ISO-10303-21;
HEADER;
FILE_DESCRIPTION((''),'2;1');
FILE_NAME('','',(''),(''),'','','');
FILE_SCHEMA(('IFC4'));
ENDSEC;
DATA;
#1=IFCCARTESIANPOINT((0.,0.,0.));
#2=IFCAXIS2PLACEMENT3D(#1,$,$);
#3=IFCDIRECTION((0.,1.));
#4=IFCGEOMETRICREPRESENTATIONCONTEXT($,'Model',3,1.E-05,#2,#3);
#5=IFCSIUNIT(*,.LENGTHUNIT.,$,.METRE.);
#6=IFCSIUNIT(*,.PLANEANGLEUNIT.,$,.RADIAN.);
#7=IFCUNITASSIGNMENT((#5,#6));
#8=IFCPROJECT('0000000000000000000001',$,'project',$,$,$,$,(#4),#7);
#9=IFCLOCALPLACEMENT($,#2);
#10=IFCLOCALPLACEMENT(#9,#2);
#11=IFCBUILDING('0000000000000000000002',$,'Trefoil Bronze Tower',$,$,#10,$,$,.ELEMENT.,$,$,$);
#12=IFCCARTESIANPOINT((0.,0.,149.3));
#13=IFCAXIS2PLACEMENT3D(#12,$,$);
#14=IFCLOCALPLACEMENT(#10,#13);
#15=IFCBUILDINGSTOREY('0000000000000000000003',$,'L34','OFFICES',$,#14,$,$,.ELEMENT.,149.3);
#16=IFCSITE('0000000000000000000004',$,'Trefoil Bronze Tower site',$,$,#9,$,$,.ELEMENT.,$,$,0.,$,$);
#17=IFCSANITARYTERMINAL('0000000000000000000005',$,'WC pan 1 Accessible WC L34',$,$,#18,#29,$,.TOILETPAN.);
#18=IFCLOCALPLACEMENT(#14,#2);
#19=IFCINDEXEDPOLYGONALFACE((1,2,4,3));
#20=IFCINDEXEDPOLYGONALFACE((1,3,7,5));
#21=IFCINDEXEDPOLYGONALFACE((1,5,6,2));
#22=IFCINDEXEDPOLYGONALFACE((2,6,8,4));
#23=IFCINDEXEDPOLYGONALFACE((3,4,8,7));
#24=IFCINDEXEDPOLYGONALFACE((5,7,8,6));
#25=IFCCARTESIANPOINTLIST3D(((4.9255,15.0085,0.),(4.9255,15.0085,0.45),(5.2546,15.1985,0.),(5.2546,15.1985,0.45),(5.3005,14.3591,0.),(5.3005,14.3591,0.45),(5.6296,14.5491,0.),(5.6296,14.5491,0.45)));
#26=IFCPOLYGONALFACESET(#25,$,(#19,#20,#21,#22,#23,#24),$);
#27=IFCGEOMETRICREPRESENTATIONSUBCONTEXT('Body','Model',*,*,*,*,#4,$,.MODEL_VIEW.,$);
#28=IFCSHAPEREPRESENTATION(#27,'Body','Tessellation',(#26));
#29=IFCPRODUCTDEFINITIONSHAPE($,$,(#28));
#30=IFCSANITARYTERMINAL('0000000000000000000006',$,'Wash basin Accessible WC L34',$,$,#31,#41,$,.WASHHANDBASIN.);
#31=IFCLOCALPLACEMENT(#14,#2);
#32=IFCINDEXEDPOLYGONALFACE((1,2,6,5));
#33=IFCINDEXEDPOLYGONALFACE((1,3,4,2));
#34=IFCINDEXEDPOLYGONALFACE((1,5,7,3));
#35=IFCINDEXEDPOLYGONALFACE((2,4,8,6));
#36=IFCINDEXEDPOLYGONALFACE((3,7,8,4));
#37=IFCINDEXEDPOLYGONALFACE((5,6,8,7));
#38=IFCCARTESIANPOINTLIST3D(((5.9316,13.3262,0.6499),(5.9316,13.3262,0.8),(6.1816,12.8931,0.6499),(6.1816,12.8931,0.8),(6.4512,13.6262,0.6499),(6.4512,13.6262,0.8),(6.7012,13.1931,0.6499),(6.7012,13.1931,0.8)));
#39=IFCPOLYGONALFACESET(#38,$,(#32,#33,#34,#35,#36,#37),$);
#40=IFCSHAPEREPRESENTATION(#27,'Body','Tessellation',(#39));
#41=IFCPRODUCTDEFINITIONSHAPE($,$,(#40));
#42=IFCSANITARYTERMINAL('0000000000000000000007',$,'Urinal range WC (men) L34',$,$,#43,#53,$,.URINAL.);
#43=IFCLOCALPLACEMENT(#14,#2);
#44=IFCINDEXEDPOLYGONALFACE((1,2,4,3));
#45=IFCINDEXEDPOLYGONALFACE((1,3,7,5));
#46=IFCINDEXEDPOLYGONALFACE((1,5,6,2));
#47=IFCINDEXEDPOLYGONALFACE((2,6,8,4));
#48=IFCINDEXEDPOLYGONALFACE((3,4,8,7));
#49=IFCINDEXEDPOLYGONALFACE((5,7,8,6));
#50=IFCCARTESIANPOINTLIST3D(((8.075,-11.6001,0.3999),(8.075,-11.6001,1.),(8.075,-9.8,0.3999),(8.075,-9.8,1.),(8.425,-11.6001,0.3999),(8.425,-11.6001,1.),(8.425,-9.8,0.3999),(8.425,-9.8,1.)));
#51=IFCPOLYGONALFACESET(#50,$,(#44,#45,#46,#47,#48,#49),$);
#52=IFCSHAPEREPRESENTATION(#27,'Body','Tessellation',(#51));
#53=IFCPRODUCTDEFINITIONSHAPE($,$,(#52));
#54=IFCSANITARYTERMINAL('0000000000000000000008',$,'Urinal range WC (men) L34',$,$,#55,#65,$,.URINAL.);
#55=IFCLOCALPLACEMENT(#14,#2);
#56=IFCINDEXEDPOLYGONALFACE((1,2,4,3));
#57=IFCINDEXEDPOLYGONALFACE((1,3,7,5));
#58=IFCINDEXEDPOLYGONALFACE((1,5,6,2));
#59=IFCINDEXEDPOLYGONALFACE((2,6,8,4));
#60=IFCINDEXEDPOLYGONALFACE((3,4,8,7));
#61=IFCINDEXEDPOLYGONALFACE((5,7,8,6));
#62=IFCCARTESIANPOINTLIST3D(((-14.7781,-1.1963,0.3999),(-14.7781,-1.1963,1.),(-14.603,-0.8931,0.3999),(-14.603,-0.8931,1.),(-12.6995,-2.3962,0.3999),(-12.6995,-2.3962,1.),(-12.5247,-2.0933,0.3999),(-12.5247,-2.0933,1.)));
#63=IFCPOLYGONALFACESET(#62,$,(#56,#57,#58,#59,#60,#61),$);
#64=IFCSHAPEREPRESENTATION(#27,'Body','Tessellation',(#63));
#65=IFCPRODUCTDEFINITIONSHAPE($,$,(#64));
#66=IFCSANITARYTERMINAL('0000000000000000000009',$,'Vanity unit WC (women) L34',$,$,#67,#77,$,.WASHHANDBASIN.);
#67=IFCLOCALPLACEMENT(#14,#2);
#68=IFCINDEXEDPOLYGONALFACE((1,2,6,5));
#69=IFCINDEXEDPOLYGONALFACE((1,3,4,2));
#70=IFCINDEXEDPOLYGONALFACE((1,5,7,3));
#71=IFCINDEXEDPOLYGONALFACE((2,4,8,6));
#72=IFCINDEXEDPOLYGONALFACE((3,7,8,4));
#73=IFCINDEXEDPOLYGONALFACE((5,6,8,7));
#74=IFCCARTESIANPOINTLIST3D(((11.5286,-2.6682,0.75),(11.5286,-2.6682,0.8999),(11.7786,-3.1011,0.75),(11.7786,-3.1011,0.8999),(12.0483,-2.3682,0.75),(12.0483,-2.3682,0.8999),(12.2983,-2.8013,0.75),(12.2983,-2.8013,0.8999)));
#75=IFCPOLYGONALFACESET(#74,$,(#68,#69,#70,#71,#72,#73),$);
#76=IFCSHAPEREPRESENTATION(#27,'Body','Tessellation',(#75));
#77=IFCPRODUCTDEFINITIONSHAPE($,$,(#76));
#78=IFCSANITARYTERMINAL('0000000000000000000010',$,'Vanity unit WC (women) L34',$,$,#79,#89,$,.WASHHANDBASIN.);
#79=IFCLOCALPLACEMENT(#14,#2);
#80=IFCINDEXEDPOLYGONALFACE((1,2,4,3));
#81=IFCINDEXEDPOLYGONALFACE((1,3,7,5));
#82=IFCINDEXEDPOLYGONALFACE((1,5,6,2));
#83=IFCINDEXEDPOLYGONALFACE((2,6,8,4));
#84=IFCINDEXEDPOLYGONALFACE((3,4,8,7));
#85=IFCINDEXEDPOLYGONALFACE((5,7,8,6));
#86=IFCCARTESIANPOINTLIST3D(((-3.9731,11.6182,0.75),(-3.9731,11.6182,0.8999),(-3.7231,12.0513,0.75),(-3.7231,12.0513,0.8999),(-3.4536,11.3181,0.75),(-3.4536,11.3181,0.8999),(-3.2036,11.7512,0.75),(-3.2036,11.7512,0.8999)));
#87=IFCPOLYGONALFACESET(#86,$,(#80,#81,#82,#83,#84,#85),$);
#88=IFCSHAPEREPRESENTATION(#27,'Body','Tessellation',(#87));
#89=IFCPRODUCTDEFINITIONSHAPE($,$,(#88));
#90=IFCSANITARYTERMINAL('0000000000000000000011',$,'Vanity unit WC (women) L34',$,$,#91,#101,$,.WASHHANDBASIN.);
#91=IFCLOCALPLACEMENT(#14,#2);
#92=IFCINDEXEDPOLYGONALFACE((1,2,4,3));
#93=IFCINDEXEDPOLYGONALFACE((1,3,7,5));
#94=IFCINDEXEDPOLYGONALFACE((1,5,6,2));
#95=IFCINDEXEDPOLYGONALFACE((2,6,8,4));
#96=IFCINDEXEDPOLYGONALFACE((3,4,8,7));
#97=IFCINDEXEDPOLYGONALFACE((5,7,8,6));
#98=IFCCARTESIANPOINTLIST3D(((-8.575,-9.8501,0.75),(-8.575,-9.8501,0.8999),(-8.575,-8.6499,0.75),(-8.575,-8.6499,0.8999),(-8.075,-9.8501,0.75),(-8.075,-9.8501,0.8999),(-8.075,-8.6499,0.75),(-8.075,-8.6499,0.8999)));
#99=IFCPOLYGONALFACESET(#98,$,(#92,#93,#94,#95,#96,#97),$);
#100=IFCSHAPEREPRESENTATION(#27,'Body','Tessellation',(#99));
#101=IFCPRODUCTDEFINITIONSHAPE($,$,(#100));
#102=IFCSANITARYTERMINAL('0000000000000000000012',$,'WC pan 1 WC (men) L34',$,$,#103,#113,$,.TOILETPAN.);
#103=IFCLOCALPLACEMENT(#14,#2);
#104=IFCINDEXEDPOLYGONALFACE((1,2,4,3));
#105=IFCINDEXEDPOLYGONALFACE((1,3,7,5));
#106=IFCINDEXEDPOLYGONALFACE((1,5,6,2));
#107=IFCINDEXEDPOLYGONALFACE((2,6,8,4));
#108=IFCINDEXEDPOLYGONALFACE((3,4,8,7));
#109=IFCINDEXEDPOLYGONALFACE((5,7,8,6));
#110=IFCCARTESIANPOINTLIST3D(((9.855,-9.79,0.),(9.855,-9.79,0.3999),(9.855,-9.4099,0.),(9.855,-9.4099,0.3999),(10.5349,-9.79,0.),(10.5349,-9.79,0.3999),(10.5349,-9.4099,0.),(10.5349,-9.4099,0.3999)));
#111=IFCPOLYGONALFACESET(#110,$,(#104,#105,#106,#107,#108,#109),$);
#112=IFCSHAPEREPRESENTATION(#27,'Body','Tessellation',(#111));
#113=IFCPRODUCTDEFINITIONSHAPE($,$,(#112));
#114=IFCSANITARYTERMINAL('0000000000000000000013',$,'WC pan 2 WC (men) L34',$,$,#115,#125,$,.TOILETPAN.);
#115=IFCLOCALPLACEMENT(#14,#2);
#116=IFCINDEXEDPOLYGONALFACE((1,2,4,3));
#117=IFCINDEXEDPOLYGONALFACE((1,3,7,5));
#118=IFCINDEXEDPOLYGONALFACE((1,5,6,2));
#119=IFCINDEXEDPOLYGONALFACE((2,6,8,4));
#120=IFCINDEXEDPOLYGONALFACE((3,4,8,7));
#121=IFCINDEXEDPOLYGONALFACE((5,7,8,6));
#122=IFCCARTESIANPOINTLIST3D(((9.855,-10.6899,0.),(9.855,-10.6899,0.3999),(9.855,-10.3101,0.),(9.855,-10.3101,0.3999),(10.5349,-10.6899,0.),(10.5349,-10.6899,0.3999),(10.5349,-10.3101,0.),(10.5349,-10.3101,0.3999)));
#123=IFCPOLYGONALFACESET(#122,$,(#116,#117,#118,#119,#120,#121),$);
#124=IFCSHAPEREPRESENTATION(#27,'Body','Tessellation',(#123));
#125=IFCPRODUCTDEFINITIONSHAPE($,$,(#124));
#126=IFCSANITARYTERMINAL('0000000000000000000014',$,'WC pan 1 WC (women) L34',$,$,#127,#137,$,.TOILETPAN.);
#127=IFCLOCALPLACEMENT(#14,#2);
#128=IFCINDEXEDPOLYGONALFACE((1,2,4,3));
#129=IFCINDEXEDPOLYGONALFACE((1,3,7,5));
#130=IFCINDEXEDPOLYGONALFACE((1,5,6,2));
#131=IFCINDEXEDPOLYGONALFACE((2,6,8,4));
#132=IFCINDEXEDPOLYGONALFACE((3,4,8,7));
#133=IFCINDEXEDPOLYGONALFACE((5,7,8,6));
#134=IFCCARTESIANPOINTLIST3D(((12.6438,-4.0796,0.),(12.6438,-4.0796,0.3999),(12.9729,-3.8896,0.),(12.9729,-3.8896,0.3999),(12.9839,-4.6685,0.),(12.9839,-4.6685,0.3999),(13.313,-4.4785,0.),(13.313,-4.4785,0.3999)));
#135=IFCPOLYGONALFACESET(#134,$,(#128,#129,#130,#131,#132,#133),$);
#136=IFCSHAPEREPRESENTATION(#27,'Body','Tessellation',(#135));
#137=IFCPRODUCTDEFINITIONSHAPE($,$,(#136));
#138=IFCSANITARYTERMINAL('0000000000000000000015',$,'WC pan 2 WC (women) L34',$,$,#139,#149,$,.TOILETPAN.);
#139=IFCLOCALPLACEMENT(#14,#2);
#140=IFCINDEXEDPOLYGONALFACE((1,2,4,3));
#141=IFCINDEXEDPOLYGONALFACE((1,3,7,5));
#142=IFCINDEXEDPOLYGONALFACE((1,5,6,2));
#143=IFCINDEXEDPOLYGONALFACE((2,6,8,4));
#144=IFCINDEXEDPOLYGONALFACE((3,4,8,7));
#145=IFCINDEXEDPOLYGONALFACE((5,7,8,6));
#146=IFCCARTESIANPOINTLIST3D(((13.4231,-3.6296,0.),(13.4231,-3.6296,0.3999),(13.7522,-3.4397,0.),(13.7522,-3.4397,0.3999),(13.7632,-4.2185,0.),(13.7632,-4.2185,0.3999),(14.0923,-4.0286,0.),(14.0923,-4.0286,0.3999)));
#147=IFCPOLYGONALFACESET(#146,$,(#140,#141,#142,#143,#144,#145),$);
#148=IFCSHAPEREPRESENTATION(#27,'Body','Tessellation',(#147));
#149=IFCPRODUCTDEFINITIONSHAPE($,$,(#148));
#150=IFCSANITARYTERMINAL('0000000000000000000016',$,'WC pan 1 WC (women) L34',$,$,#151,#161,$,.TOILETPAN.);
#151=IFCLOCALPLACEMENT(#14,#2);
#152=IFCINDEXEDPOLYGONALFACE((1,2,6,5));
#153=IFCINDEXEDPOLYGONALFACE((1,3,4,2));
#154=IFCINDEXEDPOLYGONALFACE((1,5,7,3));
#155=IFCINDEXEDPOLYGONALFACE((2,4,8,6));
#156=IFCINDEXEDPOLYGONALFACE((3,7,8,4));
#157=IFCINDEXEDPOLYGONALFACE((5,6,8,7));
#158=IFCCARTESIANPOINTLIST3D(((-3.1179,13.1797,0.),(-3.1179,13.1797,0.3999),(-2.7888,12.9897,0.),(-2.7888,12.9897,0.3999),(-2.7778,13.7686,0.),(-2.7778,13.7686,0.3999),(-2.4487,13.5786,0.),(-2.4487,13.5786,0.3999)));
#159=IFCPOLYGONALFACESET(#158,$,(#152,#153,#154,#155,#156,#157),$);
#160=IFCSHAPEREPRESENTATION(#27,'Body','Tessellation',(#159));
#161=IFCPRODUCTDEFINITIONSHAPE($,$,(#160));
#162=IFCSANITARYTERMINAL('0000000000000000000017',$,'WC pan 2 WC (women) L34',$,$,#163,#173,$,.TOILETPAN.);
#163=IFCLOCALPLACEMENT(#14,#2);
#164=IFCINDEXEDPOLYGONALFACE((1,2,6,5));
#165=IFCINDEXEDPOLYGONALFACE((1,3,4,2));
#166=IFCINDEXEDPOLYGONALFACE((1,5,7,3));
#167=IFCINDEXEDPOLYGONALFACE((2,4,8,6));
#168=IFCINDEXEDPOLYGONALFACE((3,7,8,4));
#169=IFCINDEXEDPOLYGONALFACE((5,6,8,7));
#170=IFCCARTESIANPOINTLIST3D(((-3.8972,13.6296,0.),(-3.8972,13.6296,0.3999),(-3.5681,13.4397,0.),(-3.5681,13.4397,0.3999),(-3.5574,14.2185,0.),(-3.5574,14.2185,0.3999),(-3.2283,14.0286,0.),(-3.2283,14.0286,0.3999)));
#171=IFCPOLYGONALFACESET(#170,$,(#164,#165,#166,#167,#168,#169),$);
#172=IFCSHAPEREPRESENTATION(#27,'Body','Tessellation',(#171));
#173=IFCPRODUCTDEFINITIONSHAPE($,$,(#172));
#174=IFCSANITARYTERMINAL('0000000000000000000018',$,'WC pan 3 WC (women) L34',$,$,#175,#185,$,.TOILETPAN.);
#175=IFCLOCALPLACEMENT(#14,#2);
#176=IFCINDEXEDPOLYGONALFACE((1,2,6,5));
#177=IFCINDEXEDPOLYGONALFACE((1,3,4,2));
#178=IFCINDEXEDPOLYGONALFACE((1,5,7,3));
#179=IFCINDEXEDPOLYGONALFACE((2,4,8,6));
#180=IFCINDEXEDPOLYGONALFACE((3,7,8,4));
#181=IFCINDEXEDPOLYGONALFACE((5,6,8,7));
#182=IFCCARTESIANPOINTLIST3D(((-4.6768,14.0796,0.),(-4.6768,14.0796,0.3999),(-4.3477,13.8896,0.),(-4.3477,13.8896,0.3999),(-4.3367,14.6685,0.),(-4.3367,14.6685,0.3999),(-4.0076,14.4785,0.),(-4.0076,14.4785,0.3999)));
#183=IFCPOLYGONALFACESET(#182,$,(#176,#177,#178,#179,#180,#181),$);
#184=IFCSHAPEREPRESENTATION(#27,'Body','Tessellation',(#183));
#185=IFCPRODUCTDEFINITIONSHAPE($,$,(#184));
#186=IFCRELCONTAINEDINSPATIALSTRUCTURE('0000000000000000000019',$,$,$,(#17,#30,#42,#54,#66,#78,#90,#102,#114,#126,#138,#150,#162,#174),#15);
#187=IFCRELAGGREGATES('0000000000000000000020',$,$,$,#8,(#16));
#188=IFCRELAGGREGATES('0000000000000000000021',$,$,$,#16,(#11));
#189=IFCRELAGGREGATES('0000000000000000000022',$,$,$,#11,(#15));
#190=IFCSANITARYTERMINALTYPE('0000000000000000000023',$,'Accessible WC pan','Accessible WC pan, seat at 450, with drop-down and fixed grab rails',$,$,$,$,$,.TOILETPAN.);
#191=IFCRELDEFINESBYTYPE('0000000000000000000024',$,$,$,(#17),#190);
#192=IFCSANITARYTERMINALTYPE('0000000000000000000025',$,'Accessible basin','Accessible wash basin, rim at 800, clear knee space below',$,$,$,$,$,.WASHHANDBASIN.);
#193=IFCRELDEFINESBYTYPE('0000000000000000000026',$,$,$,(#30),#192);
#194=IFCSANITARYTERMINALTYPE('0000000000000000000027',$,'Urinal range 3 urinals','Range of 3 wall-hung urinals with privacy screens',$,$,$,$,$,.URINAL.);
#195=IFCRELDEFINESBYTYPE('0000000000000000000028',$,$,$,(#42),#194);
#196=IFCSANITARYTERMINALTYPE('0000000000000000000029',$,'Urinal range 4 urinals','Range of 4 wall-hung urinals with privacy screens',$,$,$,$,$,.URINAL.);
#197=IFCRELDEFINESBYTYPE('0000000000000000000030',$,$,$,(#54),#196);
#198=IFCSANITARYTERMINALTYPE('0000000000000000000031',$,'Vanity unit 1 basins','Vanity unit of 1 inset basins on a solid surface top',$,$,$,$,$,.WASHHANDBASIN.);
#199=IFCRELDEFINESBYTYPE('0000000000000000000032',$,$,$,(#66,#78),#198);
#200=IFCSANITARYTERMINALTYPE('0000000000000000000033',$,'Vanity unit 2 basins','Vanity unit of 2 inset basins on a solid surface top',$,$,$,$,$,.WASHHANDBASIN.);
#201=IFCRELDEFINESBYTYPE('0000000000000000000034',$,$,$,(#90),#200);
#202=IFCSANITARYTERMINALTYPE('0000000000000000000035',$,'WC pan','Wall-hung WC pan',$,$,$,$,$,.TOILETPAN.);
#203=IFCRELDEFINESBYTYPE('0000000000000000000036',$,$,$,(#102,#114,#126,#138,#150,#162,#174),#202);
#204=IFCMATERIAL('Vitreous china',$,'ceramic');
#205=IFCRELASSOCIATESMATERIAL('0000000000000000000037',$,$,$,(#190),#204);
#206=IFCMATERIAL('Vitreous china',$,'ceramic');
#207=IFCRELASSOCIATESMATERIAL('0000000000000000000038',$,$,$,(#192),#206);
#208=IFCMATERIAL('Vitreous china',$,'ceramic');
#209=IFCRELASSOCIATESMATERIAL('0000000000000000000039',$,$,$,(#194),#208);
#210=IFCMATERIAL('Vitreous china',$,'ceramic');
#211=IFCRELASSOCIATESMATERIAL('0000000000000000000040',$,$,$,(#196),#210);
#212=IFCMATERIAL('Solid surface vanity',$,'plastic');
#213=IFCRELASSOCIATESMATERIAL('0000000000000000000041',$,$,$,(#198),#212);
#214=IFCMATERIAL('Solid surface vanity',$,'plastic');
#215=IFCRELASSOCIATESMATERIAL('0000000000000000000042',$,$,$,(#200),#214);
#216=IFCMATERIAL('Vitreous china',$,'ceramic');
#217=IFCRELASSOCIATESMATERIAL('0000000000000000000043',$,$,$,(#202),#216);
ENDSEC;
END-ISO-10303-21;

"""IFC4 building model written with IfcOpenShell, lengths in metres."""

from ifc_helpers import new_model, si_unit, direction, frame, origin, place, context, subcontext, project, spatial, polyline, outline, extrude, material, type_object, element, save


model = new_model("IFC4")

# Units and contexts
model_context = context("Model", 3, precision=1e-05, world=origin(), true_north=direction((0.0, 1.0)))
body_context = subcontext(model_context, "Body", "Model", "MODEL_VIEW")
ifc_project = project(units=[si_unit("LENGTHUNIT", "METRE"), si_unit("PLANEANGLEUNIT", "RADIAN")], contexts=[model_context])

# Site, building, storey
site_placement = place(None, origin())
site = spatial("IfcSite", under=ifc_project, at=site_placement, Name="Trefoil Bronze Tower site", CompositionType="ELEMENT", RefElevation=0.0)
building_placement = place(site_placement, origin())
building = spatial("IfcBuilding", under=site, at=building_placement, Name="Trefoil Bronze Tower", CompositionType="ELEMENT")
storey_placement = place(building_placement, frame((0.0, 0.0, 149.3)))
storey = spatial("IfcBuildingStorey", under=building, at=storey_placement, Name="L34", Description="OFFICES", CompositionType="ELEMENT", Elevation=149.3)

# Sanitary terminals
ifc_material_1 = material(Name="Vitreous china", Category="ceramic")
sanitary_terminal_type_1 = type_object("IfcSanitaryTerminalType", Name="Accessible WC pan", Description="Accessible WC pan, seat at 450, with drop-down and fixed grab rails", PredefinedType="TOILETPAN", material=ifc_material_1)
sanitary_terminal_1_placement = place(storey_placement, origin())
element("IfcSanitaryTerminal", 1, at=sanitary_terminal_1_placement, inside=storey, type_object=sanitary_terminal_type_1, Name="WC pan 1 Accessible WC L34", PredefinedType="TOILETPAN", context=body_context, shape_type="SweptSolid", body=[
    extrude(outline(polyline([(5.3005, 14.3591), (4.9255, 15.0085), (5.2546, 15.1985), (5.6296, 14.5491), (5.3005, 14.3591)])), origin(), (0.0, 0.0, 1.0), 0.45),
])
ifc_material_2 = material(Name="Vitreous china", Category="ceramic")
sanitary_terminal_type_2 = type_object("IfcSanitaryTerminalType", Name="Accessible basin", Description="Accessible wash basin, rim at 800, clear knee space below", PredefinedType="WASHHANDBASIN", material=ifc_material_2)
sanitary_terminal_2_placement = place(storey_placement, frame((0.0, 0.0, 0.6499)))
element("IfcSanitaryTerminal", 2, at=sanitary_terminal_2_placement, inside=storey, type_object=sanitary_terminal_type_2, Name="Wash basin Accessible WC L34", PredefinedType="WASHHANDBASIN", context=body_context, shape_type="SweptSolid", body=[
    extrude(outline(polyline([(6.1816, 12.8931), (5.9316, 13.3262), (6.4512, 13.6262), (6.7012, 13.1931), (6.1816, 12.8931)])), origin(), (0.0, 0.0, 1.0), 0.1501),
])
ifc_material_3 = material(Name="Vitreous china", Category="ceramic")
sanitary_terminal_type_3 = type_object("IfcSanitaryTerminalType", Name="Urinal range 3 urinals", Description="Range of 3 wall-hung urinals with privacy screens", PredefinedType="URINAL", material=ifc_material_3)
sanitary_terminal_3_placement = place(storey_placement, frame((0.0, 0.0, 0.3999)))
element("IfcSanitaryTerminal", 3, at=sanitary_terminal_3_placement, inside=storey, type_object=sanitary_terminal_type_3, Name="Urinal range WC (men) L34", PredefinedType="URINAL", context=body_context, shape_type="SweptSolid", body=[
    extrude(outline(polyline([(8.075, -9.8), (8.425, -9.8), (8.425, -11.6001), (8.075, -11.6001), (8.075, -9.8)])), origin(), (0.0, 0.0, 1.0), 0.6001),
])
ifc_material_4 = material(Name="Vitreous china", Category="ceramic")
sanitary_terminal_type_4 = type_object("IfcSanitaryTerminalType", Name="Urinal range 4 urinals", Description="Range of 4 wall-hung urinals with privacy screens", PredefinedType="URINAL", material=ifc_material_4)
sanitary_terminal_4_placement = place(storey_placement, frame((0.0, 0.0, 0.3999)))
element("IfcSanitaryTerminal", 4, at=sanitary_terminal_4_placement, inside=storey, type_object=sanitary_terminal_type_4, Name="Urinal range WC (men) L34", PredefinedType="URINAL", context=body_context, shape_type="SweptSolid", body=[
    extrude(outline(polyline([(-12.5247, -2.0933), (-12.6995, -2.3962), (-14.7781, -1.1963), (-14.603, -0.8931), (-12.5247, -2.0933)])), origin(), (0.0, 0.0, 1.0), 0.6001),
])
ifc_material_5 = material(Name="Solid surface vanity", Category="plastic")
sanitary_terminal_type_5 = type_object("IfcSanitaryTerminalType", Name="Vanity unit 1 basins", Description="Vanity unit of 1 inset basins on a solid surface top", PredefinedType="WASHHANDBASIN", material=ifc_material_5)
sanitary_terminal_5_placement = place(storey_placement, frame((0.0, 0.0, 0.75)))
element("IfcSanitaryTerminal", 5, at=sanitary_terminal_5_placement, inside=storey, type_object=sanitary_terminal_type_5, Name="Vanity unit WC (women) L34", PredefinedType="WASHHANDBASIN", context=body_context, shape_type="SweptSolid", body=[
    extrude(outline(polyline([(11.5286, -2.6682), (11.7786, -3.1011), (12.2983, -2.8013), (12.0483, -2.3682), (11.5286, -2.6682)])), origin(), (0.0, 0.0, 1.0), 0.1499),
])
sanitary_terminal_6_placement = place(storey_placement, frame((0.0, 0.0, 0.75)))
element("IfcSanitaryTerminal", 6, at=sanitary_terminal_6_placement, inside=storey, type_object=sanitary_terminal_type_5, Name="Vanity unit WC (women) L34", PredefinedType="WASHHANDBASIN", context=body_context, shape_type="SweptSolid", body=[
    extrude(outline(polyline([(-3.4536, 11.3181), (-3.2036, 11.7512), (-3.7231, 12.0513), (-3.9731, 11.6182), (-3.4536, 11.3181)])), origin(), (0.0, 0.0, 1.0), 0.1499),
])
ifc_material_6 = material(Name="Solid surface vanity", Category="plastic")
sanitary_terminal_type_6 = type_object("IfcSanitaryTerminalType", Name="Vanity unit 2 basins", Description="Vanity unit of 2 inset basins on a solid surface top", PredefinedType="WASHHANDBASIN", material=ifc_material_6)
sanitary_terminal_7_placement = place(storey_placement, frame((0.0, 0.0, 0.75)))
element("IfcSanitaryTerminal", 7, at=sanitary_terminal_7_placement, inside=storey, type_object=sanitary_terminal_type_6, Name="Vanity unit WC (women) L34", PredefinedType="WASHHANDBASIN", context=body_context, shape_type="SweptSolid", body=[
    extrude(outline(polyline([(-8.075, -8.6499), (-8.575, -8.6499), (-8.575, -9.8501), (-8.075, -9.8501), (-8.075, -8.6499)])), origin(), (0.0, 0.0, 1.0), 0.1499),
])
ifc_material_7 = material(Name="Vitreous china", Category="ceramic")
sanitary_terminal_type_7 = type_object("IfcSanitaryTerminalType", Name="WC pan", Description="Wall-hung WC pan", PredefinedType="TOILETPAN", material=ifc_material_7)
sanitary_terminal_8_placement = place(storey_placement, origin())
element("IfcSanitaryTerminal", 8, at=sanitary_terminal_8_placement, inside=storey, type_object=sanitary_terminal_type_7, Name="WC pan 1 WC (men) L34", PredefinedType="TOILETPAN", context=body_context, shape_type="SweptSolid", body=[
    extrude(outline(polyline([(9.855, -9.4099), (10.5349, -9.4099), (10.5349, -9.79), (9.855, -9.79), (9.855, -9.4099)])), origin(), (0.0, 0.0, 1.0), 0.3999),
])
sanitary_terminal_9_placement = place(storey_placement, origin())
element("IfcSanitaryTerminal", 9, at=sanitary_terminal_9_placement, inside=storey, type_object=sanitary_terminal_type_7, Name="WC pan 2 WC (men) L34", PredefinedType="TOILETPAN", context=body_context, shape_type="SweptSolid", body=[
    extrude(outline(polyline([(9.855, -10.3101), (10.5349, -10.3101), (10.5349, -10.6899), (9.855, -10.6899), (9.855, -10.3101)])), origin(), (0.0, 0.0, 1.0), 0.3999),
])
sanitary_terminal_10_placement = place(storey_placement, origin())
element("IfcSanitaryTerminal", 10, at=sanitary_terminal_10_placement, inside=storey, type_object=sanitary_terminal_type_7, Name="WC pan 1 WC (women) L34", PredefinedType="TOILETPAN", context=body_context, shape_type="SweptSolid", body=[
    extrude(outline(polyline([(12.6438, -4.0796), (12.9839, -4.6685), (13.313, -4.4785), (12.9729, -3.8896), (12.6438, -4.0796)])), origin(), (0.0, 0.0, 1.0), 0.3999),
])
sanitary_terminal_11_placement = place(storey_placement, origin())
element("IfcSanitaryTerminal", 11, at=sanitary_terminal_11_placement, inside=storey, type_object=sanitary_terminal_type_7, Name="WC pan 2 WC (women) L34", PredefinedType="TOILETPAN", context=body_context, shape_type="SweptSolid", body=[
    extrude(outline(polyline([(13.4231, -3.6296), (13.7632, -4.2185), (14.0923, -4.0286), (13.7522, -3.4397), (13.4231, -3.6296)])), origin(), (0.0, 0.0, 1.0), 0.3999),
])
sanitary_terminal_12_placement = place(storey_placement, origin())
element("IfcSanitaryTerminal", 12, at=sanitary_terminal_12_placement, inside=storey, type_object=sanitary_terminal_type_7, Name="WC pan 1 WC (women) L34", PredefinedType="TOILETPAN", context=body_context, shape_type="SweptSolid", body=[
    extrude(outline(polyline([(-2.7888, 12.9897), (-2.4487, 13.5786), (-2.7778, 13.7686), (-3.1179, 13.1797), (-2.7888, 12.9897)])), origin(), (0.0, 0.0, 1.0), 0.3999),
])
sanitary_terminal_13_placement = place(storey_placement, origin())
element("IfcSanitaryTerminal", 13, at=sanitary_terminal_13_placement, inside=storey, type_object=sanitary_terminal_type_7, Name="WC pan 2 WC (women) L34", PredefinedType="TOILETPAN", context=body_context, shape_type="SweptSolid", body=[
    extrude(outline(polyline([(-3.5681, 13.4397), (-3.2283, 14.0286), (-3.5574, 14.2185), (-3.8972, 13.6296), (-3.5681, 13.4397)])), origin(), (0.0, 0.0, 1.0), 0.3999),
])
sanitary_terminal_14_placement = place(storey_placement, origin())
element("IfcSanitaryTerminal", 14, at=sanitary_terminal_14_placement, inside=storey, type_object=sanitary_terminal_type_7, Name="WC pan 3 WC (women) L34", PredefinedType="TOILETPAN", context=body_context, shape_type="SweptSolid", body=[
    extrude(outline(polyline([(-4.3477, 13.8896), (-4.0076, 14.4785), (-4.3367, 14.6685), (-4.6768, 14.0796), (-4.3477, 13.8896)])), origin(), (0.0, 0.0, 1.0), 0.3999),
])

save(model, "model.ifc")
